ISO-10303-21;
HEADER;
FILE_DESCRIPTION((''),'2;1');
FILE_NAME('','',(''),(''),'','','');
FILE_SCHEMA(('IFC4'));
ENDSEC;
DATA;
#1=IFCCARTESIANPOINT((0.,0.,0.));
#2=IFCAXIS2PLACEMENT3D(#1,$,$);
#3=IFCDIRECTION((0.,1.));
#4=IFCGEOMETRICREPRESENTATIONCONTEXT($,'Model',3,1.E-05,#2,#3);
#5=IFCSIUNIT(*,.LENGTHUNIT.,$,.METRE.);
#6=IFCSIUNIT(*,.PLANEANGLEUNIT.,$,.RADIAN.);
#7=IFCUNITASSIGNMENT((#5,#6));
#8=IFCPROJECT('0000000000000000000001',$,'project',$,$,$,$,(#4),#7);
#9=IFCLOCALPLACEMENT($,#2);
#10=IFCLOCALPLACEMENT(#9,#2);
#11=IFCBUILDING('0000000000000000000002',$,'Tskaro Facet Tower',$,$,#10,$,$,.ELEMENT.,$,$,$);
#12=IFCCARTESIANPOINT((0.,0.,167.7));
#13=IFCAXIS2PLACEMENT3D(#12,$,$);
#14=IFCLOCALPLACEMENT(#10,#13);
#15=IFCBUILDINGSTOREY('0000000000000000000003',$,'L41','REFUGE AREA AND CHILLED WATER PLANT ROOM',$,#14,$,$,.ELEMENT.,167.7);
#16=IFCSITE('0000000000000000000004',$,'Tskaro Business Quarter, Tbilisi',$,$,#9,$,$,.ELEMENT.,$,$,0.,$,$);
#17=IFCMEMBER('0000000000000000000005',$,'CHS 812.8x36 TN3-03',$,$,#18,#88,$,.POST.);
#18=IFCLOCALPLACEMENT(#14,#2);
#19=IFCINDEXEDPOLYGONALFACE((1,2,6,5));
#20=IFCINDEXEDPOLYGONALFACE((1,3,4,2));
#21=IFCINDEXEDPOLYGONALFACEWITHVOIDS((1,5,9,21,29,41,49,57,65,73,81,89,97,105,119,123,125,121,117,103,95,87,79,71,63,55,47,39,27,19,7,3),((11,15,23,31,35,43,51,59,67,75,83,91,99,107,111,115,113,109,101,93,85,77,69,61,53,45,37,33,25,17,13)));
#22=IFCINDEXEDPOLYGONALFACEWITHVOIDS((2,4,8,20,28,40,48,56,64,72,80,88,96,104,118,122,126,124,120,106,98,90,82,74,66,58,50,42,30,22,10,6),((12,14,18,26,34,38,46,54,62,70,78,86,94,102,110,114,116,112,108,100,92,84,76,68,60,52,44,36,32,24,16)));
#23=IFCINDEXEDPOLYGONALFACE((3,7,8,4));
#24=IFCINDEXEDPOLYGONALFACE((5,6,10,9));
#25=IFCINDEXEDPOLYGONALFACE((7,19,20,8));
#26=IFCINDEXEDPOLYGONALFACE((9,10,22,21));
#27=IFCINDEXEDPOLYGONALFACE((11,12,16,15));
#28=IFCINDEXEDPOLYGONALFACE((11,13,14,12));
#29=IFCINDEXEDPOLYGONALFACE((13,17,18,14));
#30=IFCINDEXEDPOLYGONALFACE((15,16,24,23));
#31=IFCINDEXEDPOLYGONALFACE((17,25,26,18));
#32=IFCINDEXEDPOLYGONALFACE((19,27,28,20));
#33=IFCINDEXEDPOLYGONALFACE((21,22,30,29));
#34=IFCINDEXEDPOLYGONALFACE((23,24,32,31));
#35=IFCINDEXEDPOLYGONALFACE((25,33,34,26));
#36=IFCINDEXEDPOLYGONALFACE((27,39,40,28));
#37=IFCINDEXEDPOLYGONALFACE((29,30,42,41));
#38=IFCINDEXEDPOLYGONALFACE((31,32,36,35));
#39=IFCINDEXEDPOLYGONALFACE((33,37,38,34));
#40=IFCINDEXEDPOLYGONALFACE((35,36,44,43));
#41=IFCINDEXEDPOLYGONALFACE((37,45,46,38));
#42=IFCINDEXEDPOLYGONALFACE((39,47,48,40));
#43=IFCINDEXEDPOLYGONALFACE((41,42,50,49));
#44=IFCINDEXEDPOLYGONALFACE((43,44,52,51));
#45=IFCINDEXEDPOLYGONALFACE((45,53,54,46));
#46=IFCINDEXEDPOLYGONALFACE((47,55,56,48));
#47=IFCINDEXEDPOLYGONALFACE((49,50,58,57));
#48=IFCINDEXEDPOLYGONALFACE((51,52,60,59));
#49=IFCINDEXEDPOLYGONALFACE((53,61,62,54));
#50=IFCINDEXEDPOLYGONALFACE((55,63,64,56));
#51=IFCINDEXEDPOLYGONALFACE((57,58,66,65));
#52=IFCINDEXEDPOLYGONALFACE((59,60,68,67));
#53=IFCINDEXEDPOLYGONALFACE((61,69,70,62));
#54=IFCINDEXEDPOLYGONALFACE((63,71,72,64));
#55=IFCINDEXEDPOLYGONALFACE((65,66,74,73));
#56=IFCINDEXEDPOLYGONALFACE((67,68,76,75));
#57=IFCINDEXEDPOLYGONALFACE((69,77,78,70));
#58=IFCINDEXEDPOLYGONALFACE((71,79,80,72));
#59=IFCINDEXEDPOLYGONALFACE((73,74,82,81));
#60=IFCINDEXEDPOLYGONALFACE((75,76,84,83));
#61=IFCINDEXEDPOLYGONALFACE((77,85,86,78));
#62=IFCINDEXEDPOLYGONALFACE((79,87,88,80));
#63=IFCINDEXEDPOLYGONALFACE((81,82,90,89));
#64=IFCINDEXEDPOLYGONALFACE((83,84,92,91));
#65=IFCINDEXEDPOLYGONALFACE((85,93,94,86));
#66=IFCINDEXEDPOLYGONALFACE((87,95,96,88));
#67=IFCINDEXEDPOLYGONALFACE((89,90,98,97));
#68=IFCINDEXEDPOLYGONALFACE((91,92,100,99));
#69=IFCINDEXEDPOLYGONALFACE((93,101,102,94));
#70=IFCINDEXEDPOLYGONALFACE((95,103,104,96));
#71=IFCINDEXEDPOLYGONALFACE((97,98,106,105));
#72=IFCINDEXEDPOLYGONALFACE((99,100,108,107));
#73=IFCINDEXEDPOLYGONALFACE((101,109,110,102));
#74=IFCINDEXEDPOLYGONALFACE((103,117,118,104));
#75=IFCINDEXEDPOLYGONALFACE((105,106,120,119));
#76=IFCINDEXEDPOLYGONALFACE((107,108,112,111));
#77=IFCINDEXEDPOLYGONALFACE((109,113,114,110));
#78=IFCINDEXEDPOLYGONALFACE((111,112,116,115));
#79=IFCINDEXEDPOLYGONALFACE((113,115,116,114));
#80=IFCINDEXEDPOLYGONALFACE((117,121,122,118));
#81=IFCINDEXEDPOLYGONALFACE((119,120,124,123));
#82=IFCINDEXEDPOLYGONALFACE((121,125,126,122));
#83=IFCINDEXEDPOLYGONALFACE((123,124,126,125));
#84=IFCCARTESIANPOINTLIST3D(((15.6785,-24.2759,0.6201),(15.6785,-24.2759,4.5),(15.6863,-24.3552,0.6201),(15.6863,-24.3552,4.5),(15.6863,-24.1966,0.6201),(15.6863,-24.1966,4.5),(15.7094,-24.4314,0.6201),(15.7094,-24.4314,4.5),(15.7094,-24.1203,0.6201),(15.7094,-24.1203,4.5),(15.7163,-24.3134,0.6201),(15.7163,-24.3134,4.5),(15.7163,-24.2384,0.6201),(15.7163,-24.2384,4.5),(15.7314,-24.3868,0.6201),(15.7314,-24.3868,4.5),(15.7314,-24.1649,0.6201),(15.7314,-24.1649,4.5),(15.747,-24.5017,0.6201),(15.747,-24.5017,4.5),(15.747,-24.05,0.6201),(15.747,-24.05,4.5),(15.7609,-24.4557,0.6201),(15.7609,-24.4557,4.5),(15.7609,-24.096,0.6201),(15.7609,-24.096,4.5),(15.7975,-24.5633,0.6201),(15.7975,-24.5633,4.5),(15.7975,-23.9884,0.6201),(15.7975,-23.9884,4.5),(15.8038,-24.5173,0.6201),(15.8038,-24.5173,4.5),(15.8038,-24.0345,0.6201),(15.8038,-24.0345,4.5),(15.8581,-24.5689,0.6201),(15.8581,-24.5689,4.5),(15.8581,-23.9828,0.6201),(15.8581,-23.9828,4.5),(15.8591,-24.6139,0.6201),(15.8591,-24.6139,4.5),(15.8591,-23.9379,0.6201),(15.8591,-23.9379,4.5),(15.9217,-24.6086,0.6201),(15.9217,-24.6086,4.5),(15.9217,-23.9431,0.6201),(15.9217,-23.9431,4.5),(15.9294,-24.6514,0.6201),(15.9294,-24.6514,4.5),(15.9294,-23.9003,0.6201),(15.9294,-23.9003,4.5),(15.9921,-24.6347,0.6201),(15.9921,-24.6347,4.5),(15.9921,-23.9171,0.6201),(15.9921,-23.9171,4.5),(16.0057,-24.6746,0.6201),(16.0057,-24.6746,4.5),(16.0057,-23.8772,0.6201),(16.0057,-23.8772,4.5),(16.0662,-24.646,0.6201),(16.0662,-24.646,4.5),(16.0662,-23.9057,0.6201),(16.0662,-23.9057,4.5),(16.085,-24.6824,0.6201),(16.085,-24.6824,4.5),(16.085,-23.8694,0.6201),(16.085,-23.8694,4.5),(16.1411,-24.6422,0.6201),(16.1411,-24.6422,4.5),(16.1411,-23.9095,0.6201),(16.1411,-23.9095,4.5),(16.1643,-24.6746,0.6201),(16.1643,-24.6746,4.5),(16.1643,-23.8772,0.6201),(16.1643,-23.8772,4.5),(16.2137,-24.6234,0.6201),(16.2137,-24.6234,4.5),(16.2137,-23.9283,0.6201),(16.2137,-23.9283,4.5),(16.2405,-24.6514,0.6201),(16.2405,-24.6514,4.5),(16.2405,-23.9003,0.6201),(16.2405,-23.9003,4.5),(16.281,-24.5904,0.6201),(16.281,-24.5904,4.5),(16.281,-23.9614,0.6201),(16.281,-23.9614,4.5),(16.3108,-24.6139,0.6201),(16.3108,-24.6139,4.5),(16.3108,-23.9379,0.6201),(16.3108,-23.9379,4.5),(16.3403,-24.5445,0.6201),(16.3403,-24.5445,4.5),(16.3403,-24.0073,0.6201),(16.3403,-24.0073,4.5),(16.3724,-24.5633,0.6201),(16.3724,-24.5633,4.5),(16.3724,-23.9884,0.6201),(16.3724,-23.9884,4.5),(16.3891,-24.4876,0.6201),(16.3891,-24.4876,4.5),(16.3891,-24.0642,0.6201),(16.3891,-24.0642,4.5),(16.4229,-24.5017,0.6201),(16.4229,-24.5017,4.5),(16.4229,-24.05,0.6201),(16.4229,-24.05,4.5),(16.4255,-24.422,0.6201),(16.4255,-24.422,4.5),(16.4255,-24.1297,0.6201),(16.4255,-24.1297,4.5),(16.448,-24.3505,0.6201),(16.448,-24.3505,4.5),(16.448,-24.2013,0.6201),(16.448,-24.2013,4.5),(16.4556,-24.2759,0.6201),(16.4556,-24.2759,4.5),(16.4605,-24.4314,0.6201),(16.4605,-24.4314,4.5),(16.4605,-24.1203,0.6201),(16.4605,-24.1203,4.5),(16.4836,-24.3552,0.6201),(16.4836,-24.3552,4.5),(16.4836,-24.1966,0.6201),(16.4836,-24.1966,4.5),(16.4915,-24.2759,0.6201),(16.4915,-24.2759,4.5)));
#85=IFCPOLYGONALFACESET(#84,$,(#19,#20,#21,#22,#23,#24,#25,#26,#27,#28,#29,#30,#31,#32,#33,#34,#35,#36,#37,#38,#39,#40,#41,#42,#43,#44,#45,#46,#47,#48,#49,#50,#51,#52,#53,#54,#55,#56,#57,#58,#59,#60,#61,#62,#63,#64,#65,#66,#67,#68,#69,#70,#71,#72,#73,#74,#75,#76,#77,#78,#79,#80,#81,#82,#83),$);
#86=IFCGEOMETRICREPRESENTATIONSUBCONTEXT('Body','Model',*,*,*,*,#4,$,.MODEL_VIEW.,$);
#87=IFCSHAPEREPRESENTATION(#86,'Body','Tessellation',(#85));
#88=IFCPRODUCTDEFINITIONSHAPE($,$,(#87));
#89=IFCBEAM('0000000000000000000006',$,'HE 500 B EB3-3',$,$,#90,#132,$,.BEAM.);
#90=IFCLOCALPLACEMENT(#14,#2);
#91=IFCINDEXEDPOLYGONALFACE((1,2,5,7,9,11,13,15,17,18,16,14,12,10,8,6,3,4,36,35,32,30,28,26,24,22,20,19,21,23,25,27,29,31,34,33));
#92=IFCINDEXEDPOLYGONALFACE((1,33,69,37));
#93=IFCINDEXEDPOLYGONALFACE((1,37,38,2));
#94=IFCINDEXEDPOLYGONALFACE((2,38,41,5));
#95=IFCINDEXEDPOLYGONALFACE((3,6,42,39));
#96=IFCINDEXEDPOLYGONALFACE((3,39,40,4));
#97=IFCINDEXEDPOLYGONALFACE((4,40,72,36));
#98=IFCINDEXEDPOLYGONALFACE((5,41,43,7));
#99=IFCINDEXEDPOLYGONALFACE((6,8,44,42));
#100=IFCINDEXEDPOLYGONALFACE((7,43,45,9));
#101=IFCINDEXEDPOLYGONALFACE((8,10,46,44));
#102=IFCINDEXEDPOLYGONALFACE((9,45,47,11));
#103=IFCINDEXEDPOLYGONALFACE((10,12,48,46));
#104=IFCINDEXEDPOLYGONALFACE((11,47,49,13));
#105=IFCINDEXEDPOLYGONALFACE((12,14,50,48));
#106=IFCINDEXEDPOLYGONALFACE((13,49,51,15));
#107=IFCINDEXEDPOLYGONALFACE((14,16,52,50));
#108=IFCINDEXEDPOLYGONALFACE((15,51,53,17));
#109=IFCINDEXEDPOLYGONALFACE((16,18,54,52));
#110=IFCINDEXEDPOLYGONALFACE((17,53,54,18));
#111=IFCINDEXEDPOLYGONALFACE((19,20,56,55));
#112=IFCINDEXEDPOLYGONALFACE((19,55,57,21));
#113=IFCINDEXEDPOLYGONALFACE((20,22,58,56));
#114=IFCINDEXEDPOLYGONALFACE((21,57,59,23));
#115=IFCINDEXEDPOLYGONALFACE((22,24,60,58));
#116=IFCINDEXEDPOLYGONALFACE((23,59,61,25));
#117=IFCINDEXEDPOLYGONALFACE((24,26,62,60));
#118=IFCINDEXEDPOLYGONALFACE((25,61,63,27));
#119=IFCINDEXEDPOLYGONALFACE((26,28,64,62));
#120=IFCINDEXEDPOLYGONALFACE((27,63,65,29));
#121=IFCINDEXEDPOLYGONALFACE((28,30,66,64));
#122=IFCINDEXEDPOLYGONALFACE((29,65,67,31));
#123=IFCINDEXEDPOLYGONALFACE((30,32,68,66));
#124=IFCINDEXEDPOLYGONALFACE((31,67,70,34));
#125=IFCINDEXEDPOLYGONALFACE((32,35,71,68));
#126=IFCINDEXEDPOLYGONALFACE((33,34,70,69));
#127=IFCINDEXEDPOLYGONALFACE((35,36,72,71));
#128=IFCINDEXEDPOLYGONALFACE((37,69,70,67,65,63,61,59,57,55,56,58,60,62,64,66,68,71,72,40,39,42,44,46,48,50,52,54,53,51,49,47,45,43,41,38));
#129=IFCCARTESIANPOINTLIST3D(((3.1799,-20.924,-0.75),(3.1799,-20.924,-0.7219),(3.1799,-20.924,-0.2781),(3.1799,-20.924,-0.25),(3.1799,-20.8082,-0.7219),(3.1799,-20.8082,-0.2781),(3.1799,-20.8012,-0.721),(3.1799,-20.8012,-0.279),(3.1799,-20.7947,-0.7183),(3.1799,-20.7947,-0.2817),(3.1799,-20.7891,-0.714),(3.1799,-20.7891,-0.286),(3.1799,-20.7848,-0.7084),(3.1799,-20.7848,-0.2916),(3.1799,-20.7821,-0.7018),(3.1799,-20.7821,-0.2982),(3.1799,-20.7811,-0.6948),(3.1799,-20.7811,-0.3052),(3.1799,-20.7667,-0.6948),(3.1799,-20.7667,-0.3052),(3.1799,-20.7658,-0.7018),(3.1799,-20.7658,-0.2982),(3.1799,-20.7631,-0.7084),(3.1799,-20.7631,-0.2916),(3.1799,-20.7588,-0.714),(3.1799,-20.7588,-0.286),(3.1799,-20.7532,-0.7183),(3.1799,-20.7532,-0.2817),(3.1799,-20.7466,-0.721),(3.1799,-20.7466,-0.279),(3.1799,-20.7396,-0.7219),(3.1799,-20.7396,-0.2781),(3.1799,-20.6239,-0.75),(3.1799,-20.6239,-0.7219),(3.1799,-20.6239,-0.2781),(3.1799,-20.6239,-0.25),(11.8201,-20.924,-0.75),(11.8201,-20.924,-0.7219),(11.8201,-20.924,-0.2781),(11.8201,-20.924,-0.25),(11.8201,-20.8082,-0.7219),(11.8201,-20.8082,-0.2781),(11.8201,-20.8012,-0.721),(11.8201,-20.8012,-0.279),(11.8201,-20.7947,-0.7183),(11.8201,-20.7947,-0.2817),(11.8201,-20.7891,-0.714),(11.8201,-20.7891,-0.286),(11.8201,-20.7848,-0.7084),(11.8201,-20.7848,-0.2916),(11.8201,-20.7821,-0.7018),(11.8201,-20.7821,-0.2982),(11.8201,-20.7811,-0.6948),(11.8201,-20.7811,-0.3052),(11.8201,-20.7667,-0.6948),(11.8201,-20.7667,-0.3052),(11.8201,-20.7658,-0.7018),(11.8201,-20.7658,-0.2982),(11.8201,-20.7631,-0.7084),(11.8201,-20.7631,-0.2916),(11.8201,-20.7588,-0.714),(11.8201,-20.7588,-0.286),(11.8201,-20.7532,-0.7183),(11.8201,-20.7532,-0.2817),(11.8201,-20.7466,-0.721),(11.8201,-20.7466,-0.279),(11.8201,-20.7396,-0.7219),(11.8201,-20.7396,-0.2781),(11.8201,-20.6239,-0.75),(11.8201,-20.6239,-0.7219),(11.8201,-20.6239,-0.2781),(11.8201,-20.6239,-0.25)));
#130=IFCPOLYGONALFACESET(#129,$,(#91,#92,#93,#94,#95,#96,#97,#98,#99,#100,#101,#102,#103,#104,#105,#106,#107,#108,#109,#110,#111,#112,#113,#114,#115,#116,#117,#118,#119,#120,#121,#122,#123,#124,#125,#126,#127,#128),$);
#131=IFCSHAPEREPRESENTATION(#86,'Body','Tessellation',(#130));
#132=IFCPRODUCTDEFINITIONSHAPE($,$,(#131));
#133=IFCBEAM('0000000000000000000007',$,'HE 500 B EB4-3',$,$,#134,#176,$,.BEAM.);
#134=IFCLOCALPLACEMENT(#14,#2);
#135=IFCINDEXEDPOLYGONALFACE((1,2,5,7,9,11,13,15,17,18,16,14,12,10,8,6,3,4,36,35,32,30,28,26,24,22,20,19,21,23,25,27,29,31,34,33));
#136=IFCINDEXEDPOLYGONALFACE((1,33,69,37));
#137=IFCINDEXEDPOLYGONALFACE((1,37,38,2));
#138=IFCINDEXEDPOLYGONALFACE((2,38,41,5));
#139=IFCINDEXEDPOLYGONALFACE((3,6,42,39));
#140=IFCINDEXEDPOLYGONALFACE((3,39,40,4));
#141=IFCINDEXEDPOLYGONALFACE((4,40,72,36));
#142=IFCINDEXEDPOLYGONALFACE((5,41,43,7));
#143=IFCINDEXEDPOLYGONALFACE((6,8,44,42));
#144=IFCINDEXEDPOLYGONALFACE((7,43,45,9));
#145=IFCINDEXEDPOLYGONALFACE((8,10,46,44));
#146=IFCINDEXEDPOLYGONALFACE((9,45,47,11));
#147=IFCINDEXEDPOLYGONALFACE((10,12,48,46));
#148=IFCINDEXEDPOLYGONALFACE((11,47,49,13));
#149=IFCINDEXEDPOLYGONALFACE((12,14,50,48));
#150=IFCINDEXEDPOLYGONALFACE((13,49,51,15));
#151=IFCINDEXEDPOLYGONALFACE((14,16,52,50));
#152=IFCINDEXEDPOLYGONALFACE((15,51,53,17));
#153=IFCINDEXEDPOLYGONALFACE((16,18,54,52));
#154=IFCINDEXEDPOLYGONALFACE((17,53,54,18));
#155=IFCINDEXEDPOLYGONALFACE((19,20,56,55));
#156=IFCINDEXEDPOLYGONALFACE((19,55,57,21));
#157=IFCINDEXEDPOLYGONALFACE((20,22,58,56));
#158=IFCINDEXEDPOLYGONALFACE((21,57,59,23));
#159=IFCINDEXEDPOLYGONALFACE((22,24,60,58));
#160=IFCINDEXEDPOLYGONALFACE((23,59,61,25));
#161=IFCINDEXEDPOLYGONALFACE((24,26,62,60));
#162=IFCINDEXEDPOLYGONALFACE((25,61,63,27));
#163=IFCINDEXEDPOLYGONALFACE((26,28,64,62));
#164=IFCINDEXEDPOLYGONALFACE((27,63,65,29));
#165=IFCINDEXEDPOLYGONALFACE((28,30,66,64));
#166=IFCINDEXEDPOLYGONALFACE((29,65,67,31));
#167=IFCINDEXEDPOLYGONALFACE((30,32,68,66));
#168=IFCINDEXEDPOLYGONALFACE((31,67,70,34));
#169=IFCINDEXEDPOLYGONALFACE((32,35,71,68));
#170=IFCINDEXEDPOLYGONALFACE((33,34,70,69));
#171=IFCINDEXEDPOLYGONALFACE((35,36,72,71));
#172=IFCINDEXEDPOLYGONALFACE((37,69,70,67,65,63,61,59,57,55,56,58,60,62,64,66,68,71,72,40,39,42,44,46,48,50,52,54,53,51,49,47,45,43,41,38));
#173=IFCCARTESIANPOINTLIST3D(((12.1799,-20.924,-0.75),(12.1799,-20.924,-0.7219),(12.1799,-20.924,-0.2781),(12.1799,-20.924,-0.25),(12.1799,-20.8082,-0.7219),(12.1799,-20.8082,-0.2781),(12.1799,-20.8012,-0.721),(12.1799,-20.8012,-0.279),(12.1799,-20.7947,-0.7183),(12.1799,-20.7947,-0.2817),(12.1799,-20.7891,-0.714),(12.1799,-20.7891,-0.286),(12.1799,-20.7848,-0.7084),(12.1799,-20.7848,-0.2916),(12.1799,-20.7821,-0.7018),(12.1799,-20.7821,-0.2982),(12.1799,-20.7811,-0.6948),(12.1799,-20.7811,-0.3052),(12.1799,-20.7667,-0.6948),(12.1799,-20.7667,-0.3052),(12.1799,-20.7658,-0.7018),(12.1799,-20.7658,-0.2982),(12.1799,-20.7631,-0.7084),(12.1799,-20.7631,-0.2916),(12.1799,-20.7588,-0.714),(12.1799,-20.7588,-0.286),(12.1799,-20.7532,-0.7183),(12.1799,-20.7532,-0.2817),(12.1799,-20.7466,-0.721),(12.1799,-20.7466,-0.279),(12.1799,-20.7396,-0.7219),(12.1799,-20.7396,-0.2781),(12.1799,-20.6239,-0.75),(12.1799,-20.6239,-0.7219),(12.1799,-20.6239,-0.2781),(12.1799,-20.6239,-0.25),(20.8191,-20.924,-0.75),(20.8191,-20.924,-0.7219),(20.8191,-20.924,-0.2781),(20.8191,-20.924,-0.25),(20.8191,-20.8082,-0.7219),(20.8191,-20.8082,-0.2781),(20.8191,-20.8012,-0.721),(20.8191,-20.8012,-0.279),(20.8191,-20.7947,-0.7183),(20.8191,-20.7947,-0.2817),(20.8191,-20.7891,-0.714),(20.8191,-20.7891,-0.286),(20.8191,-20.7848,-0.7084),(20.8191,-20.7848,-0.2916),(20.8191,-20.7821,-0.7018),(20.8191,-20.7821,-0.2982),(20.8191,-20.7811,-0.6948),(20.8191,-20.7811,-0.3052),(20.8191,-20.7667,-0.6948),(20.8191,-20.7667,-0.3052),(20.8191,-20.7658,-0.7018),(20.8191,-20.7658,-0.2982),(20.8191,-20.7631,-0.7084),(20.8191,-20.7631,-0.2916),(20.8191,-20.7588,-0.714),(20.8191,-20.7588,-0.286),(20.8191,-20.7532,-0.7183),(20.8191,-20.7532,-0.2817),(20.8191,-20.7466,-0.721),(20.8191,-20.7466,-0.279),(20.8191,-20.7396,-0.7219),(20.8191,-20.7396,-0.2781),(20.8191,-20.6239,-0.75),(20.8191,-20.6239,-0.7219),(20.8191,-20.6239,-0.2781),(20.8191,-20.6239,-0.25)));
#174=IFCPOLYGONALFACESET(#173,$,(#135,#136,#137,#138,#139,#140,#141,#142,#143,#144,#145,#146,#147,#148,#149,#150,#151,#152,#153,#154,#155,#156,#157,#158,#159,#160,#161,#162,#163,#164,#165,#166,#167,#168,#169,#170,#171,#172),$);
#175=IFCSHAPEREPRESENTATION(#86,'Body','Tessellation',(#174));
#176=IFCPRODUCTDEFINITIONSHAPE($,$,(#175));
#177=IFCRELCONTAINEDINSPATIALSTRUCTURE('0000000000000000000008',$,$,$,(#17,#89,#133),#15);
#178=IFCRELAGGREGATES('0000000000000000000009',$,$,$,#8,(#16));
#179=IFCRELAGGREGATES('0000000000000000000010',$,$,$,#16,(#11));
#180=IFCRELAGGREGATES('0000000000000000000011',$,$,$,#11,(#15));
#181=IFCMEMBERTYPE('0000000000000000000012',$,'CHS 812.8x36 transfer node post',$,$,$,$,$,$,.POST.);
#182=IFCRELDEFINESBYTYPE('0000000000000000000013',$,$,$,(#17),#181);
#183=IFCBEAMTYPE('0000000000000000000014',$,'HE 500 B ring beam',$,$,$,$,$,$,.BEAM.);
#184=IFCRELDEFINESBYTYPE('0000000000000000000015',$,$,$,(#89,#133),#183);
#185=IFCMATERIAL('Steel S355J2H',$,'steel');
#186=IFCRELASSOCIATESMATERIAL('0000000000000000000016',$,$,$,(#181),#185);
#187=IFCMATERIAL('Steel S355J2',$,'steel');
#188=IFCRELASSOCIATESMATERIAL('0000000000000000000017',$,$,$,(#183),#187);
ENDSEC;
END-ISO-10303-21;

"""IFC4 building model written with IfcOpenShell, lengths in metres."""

from ifc_helpers import new_model, si_unit, direction, frame, origin, origin_2d, place, context, subcontext, project, spatial, hollow_circle, i_section, extrude, material, material_profile, profile_set, type_object, element, save


model = new_model("IFC4")

# Units and contexts
model_context = context("Model", 3, precision=1e-05, world=origin(), true_north=direction((0.0, 1.0)))
body_context = subcontext(model_context, "Body", "Model", "MODEL_VIEW")
ifc_project = project(units=[si_unit("LENGTHUNIT", "METRE"), si_unit("PLANEANGLEUNIT", "RADIAN")], contexts=[model_context])

# Site, building, storey
site_placement = place(None, origin())
site = spatial("IfcSite", under=ifc_project, at=site_placement, Name="Tskaro Business Quarter, Tbilisi", CompositionType="ELEMENT", RefElevation=0.0)
building_placement = place(site_placement, origin())
building = spatial("IfcBuilding", under=site, at=building_placement, Name="Tskaro Facet Tower", CompositionType="ELEMENT")
storey_placement = place(building_placement, frame((0.0, 0.0, 167.7)))
storey = spatial("IfcBuildingStorey", under=building, at=storey_placement, Name="L41", Description="REFUGE AREA AND CHILLED WATER PLANT ROOM", CompositionType="ELEMENT", Elevation=167.7)

# Shared definitions
ifc_material_1 = material(Name="Steel S355J2H", Category="steel")

# Shared definitions
ifc_material_2 = material(Name="Steel S355J2", Category="steel")

# Member
ifc_material_profile_1 = material_profile(ifc_material_1, hollow_circle(Radius=0.4065, WallThickness=0.0359, at=origin_2d()), Name="CHS 812.8x36")
ifc_profile_set_1 = profile_set([ifc_material_profile_1], Name="Steel S355J2H")
member_type_1 = type_object("IfcMemberType", Name="CHS 812.8x36 transfer node post", PredefinedType="POST", material=ifc_profile_set_1)
member_1_placement = place(storey_placement, frame((16.085, -24.2759, 0.6201), z_axis=(0.0, 0.0, 1.0), x_axis=(1.0, 0.0, 0.0)))
element("IfcMember", 1, at=member_1_placement, inside=storey, type_object=member_type_1, Name="CHS 812.8x36 TN3-03", PredefinedType="POST", context=body_context, shape_type="SweptSolid", body=[
    extrude(hollow_circle(Radius=0.4065, WallThickness=0.0359, at=origin_2d()), origin(), (0.0, 0.0, 1.0), 3.8799),
])

# Beams
ifc_material_profile_2 = material_profile(ifc_material_2, i_section(OverallWidth=0.3, OverallDepth=0.5, WebThickness=0.0144, FlangeThickness=0.0281, FilletRadius=0.0271, at=origin_2d()), Name="HE 500 B")
ifc_profile_set_2 = profile_set([ifc_material_profile_2], Name="Steel S355J2")
beam_type_1 = type_object("IfcBeamType", Name="HE 500 B ring beam", PredefinedType="BEAM", material=ifc_profile_set_2)
beam_1_placement = place(storey_placement, frame((3.1799, -20.7739, -0.5), z_axis=(1.0, 0.0, 0.0), x_axis=(0.0, 1.0, 0.0)))
element("IfcBeam", 2, at=beam_1_placement, inside=storey, type_object=beam_type_1, Name="HE 500 B EB3-3", PredefinedType="BEAM", context=body_context, shape_type="SweptSolid", body=[
    extrude(i_section(OverallWidth=0.3, OverallDepth=0.5, WebThickness=0.0144, FlangeThickness=0.0281, FilletRadius=0.0271, at=origin_2d()), origin(), (0.0, 0.0, 1.0), 8.6401),
])
beam_2_placement = place(storey_placement, frame((12.1799, -20.7739, -0.5), z_axis=(1.0, 0.0, 0.0), x_axis=(0.0, 1.0, 0.0)))
element("IfcBeam", 3, at=beam_2_placement, inside=storey, type_object=beam_type_1, Name="HE 500 B EB4-3", PredefinedType="BEAM", context=body_context, shape_type="SweptSolid", body=[
    extrude(i_section(OverallWidth=0.3, OverallDepth=0.5, WebThickness=0.0144, FlangeThickness=0.0281, FilletRadius=0.0271, at=origin_2d()), origin(), (0.0, 0.0, 1.0), 8.6392),
])

save(model, "model.ifc")
